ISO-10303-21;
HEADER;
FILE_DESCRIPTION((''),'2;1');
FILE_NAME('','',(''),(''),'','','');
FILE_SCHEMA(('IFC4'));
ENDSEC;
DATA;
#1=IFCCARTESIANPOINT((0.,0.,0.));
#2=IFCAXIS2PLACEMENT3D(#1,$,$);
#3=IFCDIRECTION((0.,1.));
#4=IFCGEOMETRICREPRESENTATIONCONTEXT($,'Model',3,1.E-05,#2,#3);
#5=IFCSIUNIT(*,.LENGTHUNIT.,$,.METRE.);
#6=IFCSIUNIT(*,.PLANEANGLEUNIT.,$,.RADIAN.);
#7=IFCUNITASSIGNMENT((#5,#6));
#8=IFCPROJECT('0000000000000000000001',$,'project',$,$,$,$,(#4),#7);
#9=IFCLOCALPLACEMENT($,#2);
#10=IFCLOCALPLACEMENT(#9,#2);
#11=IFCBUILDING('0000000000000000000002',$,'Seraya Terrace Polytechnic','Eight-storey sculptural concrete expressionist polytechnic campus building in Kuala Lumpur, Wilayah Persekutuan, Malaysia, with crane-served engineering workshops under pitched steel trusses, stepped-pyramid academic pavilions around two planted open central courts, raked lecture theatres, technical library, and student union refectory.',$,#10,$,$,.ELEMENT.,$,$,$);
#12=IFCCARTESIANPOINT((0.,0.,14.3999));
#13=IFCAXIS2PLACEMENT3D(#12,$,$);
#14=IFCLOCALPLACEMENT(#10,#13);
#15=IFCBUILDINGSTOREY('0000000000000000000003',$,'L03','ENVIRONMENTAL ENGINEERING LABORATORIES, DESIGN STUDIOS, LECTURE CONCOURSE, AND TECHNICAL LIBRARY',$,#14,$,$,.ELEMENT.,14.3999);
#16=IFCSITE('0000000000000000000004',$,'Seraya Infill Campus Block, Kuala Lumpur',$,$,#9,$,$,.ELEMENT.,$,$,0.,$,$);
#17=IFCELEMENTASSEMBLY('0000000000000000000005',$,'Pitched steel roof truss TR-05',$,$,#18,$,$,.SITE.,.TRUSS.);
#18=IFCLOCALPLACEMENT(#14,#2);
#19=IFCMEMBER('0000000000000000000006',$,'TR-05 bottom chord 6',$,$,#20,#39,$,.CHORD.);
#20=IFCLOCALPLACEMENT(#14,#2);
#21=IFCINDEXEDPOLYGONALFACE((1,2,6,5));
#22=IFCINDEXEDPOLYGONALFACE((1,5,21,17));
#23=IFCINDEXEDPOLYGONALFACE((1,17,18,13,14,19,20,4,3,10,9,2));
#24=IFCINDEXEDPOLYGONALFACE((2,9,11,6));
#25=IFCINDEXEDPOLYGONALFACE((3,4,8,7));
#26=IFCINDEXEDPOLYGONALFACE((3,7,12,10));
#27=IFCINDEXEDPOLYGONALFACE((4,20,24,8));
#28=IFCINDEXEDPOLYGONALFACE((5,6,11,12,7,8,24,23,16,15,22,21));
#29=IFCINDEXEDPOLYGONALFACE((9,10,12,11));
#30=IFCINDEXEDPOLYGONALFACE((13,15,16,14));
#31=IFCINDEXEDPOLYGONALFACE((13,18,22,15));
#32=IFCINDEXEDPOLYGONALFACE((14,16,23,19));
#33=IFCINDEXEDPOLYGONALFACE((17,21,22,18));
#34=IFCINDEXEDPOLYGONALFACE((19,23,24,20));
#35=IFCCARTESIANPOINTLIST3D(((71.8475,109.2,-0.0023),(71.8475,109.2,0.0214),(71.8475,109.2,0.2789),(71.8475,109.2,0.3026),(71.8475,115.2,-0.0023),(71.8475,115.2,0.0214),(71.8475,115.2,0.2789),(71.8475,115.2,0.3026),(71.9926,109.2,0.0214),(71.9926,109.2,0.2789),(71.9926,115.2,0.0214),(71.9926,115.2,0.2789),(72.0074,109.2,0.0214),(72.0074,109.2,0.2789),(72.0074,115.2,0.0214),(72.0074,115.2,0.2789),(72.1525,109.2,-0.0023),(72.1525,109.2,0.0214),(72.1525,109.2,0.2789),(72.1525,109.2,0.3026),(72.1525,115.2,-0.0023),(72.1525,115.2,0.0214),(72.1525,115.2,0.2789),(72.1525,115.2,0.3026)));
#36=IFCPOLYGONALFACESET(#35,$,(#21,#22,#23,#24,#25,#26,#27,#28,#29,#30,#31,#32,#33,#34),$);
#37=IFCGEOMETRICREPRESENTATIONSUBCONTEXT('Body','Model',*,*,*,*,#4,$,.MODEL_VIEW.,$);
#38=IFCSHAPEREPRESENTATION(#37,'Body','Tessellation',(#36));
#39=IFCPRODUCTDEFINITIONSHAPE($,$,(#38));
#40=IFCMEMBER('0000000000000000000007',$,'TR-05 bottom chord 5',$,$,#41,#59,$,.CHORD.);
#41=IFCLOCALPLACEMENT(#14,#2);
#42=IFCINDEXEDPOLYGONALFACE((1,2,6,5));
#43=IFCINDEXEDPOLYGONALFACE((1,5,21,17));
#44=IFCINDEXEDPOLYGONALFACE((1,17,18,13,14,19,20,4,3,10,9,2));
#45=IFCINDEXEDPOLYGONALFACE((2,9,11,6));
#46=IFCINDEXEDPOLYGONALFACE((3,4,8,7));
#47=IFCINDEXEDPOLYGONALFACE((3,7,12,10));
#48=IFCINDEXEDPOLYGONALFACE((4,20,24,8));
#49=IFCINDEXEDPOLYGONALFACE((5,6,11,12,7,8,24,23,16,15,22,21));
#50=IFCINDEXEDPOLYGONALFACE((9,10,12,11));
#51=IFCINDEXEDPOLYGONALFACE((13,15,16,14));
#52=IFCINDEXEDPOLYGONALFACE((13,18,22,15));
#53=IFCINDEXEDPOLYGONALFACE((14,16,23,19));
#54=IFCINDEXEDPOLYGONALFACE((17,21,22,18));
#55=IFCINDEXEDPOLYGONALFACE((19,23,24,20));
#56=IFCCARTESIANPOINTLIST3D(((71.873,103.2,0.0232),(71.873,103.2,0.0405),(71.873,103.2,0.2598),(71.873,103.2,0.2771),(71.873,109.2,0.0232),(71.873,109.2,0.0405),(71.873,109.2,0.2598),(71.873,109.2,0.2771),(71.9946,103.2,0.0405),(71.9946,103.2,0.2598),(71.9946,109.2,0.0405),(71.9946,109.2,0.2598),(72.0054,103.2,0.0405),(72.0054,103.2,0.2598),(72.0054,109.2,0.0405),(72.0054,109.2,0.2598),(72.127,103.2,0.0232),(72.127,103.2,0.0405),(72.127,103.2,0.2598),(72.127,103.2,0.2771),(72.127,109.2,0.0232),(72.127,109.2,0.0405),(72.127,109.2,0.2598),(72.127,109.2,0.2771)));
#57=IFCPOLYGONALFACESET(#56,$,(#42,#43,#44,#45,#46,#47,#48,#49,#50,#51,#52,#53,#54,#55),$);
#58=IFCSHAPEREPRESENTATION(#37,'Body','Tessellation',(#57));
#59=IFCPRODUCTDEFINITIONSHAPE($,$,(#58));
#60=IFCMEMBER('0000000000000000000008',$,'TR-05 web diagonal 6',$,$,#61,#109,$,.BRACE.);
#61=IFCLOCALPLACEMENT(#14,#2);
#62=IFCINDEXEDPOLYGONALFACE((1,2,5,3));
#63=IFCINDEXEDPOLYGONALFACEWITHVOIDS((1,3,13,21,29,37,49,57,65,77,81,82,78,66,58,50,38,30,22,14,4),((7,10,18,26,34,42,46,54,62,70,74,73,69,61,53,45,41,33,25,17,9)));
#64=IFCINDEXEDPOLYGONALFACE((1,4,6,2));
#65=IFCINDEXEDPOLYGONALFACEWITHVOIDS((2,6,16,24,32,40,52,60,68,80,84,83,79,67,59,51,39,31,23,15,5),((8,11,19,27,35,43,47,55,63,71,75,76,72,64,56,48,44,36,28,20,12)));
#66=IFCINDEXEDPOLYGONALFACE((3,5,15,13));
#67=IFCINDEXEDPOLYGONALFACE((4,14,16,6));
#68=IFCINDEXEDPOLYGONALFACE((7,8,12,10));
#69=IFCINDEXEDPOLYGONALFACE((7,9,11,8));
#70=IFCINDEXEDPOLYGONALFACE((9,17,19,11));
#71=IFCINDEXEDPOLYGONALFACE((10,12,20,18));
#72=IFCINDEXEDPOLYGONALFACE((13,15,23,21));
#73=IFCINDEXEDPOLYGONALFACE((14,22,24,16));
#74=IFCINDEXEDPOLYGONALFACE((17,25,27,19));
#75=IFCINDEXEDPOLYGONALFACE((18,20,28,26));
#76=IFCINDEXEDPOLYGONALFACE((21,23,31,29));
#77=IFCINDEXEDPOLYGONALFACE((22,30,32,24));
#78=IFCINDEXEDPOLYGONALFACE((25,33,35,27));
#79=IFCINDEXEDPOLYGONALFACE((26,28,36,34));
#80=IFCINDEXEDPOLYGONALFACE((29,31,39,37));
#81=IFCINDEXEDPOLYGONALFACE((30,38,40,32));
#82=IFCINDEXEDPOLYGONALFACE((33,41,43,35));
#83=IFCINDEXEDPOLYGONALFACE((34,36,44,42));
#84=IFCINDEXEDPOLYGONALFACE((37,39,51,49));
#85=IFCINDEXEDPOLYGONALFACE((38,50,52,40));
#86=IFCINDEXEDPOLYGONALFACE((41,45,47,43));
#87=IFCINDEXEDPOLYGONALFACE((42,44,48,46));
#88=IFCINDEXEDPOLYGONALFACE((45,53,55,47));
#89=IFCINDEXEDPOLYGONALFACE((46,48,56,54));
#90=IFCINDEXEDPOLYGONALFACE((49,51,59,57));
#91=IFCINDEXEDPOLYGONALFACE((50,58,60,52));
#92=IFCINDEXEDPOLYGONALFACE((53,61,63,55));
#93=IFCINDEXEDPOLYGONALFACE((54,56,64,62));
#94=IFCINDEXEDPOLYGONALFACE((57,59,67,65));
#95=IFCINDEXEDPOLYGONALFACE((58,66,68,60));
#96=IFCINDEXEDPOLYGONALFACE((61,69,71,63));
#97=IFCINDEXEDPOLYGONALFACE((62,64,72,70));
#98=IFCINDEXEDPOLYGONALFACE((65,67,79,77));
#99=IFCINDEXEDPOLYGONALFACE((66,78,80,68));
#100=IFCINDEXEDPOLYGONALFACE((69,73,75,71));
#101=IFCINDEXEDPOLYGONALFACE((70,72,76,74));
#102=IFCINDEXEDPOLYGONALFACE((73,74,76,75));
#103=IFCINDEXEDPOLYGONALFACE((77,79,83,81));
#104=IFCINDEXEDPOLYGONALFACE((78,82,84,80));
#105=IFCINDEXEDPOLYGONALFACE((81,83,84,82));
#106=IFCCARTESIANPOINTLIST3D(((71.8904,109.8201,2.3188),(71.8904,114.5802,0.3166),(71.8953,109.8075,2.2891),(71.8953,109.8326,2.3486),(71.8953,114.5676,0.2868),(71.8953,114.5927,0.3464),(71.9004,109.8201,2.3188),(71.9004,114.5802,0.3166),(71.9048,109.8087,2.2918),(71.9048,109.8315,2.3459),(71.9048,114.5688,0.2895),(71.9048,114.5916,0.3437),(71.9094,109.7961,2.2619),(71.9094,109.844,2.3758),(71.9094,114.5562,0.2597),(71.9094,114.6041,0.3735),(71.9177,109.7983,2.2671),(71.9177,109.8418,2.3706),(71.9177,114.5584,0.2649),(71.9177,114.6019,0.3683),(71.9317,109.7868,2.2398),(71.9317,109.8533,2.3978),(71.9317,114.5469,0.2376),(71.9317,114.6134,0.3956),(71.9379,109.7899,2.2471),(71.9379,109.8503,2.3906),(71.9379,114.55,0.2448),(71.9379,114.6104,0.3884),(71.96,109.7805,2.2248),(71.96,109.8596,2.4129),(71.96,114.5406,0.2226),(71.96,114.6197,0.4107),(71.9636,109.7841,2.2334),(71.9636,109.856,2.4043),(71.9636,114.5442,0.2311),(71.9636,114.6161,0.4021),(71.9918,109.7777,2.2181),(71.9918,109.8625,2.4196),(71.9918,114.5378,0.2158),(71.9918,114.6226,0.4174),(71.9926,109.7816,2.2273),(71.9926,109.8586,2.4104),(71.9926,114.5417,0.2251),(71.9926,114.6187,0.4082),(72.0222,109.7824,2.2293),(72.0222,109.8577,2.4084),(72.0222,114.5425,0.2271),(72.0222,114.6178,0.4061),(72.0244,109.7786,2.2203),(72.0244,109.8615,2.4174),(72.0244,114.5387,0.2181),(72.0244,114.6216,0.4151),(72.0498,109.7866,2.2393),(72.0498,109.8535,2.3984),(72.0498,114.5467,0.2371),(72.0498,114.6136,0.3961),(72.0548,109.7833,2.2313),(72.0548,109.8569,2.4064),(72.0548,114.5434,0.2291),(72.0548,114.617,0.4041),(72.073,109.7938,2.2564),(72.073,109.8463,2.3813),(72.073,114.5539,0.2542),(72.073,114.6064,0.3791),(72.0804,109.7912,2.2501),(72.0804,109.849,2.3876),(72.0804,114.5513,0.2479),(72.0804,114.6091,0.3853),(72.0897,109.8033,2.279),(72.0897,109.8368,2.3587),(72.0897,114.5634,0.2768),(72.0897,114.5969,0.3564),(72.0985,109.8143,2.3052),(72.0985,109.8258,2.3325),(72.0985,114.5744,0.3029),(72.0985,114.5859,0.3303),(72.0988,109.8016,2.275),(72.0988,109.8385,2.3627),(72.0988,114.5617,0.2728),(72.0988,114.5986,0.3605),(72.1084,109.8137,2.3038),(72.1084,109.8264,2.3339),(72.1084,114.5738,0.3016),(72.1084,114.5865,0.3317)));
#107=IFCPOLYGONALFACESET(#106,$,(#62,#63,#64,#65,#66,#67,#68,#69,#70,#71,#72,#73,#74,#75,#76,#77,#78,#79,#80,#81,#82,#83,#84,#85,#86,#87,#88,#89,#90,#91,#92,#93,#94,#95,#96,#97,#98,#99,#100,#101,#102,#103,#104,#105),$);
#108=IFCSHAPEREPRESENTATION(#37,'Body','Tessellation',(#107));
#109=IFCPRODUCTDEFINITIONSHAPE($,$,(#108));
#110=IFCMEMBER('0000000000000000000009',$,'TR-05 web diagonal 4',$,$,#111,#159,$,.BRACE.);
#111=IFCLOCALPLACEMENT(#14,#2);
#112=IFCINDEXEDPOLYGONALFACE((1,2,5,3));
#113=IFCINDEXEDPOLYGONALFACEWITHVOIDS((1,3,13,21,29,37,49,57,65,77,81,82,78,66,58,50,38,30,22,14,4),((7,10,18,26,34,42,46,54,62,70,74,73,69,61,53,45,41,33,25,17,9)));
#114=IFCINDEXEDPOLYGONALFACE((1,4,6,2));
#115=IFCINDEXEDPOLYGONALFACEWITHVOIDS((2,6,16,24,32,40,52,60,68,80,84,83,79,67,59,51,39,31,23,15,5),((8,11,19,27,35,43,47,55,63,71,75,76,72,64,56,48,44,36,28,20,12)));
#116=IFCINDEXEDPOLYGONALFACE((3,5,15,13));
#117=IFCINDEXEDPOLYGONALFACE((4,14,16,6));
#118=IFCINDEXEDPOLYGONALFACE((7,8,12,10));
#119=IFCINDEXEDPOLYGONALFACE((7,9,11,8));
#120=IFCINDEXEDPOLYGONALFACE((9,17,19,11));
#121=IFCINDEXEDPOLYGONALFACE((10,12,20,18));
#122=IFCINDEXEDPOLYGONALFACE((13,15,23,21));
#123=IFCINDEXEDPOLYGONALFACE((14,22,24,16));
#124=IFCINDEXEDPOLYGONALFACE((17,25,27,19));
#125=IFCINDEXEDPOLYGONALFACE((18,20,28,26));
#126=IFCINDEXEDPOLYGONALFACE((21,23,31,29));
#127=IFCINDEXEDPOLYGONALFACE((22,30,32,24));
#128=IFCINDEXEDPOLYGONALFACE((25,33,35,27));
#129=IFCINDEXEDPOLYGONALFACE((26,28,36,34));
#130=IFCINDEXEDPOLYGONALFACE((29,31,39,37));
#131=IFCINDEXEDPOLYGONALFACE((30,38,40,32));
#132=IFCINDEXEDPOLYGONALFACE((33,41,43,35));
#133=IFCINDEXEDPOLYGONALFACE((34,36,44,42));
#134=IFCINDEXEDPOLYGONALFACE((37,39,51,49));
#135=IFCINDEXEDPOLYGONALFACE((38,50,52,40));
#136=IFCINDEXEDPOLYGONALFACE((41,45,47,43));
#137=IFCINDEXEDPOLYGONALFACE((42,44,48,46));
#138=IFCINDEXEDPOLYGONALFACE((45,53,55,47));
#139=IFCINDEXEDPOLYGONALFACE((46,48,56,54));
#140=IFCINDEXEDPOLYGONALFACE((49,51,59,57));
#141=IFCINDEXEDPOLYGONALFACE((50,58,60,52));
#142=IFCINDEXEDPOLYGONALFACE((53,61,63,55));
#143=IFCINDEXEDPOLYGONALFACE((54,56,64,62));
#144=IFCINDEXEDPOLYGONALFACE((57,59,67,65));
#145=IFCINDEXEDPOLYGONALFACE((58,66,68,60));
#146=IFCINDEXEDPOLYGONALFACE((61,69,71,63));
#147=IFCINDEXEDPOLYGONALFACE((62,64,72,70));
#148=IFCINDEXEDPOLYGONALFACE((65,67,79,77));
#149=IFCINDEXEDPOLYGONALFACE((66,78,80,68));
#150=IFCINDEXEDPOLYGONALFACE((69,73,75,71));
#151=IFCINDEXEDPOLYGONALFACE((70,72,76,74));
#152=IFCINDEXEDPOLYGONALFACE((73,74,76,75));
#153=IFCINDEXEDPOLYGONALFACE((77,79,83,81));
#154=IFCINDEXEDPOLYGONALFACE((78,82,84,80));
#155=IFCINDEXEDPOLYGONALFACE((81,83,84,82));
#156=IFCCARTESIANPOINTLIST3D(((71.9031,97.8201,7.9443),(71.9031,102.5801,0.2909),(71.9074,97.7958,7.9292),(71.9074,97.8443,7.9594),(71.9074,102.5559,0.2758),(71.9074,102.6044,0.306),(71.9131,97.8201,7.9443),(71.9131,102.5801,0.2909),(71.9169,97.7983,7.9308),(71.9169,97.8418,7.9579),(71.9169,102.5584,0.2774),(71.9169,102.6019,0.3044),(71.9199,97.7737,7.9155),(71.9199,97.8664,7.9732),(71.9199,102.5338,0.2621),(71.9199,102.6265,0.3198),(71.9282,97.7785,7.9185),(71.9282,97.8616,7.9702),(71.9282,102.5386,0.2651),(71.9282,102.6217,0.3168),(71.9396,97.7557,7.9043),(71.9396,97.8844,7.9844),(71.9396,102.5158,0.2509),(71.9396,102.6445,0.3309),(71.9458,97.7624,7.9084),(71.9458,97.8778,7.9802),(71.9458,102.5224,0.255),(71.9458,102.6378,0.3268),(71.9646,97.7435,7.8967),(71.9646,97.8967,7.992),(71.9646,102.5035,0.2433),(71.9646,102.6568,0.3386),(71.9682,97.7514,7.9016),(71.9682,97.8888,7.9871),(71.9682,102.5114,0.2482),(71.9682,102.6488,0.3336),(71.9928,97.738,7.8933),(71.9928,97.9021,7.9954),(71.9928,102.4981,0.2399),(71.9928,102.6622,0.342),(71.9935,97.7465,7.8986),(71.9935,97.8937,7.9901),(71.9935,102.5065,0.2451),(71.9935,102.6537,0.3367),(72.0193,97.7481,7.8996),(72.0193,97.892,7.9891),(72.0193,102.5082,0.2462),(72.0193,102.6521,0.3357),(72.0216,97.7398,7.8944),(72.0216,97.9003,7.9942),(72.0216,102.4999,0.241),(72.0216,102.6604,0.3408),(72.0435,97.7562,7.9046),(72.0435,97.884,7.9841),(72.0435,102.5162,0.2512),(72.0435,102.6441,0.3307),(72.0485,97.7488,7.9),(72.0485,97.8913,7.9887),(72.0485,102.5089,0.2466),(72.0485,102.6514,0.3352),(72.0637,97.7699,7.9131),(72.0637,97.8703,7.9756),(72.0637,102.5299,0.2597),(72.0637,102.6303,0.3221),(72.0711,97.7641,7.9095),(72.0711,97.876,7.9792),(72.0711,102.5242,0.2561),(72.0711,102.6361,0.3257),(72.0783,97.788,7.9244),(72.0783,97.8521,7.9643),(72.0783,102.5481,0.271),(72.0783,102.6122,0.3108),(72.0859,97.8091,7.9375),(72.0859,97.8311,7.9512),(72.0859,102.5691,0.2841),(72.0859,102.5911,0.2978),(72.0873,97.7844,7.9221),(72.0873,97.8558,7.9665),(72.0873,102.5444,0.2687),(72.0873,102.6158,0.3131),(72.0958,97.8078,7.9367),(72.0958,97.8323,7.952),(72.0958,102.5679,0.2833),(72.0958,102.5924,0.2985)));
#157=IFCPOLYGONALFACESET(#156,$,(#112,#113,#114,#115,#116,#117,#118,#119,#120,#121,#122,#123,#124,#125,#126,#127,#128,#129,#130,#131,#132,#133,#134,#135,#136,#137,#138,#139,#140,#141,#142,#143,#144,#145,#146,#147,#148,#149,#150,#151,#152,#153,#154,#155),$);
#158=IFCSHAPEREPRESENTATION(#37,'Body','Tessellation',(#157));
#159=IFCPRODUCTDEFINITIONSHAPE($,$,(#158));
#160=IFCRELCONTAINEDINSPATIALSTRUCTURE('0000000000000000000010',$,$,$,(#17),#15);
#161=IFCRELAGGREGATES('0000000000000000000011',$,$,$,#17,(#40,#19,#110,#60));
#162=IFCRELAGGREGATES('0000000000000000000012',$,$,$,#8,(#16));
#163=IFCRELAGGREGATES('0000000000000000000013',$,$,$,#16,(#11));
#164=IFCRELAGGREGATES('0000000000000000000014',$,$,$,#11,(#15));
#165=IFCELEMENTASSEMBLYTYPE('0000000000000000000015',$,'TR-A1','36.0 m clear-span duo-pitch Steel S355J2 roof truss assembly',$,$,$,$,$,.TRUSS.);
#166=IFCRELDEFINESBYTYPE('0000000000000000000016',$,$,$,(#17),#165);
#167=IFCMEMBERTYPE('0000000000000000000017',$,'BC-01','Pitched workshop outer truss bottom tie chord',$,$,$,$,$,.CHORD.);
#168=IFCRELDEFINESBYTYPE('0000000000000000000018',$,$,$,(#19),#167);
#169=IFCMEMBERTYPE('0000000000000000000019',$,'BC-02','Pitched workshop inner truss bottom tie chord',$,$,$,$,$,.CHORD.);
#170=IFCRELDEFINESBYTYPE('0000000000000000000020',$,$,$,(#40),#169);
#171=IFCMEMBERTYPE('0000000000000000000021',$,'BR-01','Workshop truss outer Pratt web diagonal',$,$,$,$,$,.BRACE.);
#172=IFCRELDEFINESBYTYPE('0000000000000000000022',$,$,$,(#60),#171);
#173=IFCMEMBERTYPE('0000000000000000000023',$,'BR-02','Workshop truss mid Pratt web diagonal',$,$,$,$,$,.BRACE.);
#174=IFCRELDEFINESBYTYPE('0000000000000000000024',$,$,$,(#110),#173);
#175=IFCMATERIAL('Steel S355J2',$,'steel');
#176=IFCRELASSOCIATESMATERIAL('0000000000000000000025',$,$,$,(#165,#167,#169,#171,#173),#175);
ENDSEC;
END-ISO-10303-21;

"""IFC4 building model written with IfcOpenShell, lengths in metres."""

from ifc_helpers import new_model, si_unit, direction, frame, origin, origin_2d, place, context, subcontext, project, spatial, hollow_circle, i_section, extrude, material, material_profile, profile_set, type_object, element, aggregate, save


model = new_model("IFC4")

# Units and contexts
model_context = context("Model", 3, precision=1e-05, world=origin(), true_north=direction((0.0, 1.0)))
body_context = subcontext(model_context, "Body", "Model", "MODEL_VIEW")
ifc_project = project(units=[si_unit("LENGTHUNIT", "METRE"), si_unit("PLANEANGLEUNIT", "RADIAN")], contexts=[model_context])

# Site, building, storey
site_placement = place(None, origin())
site = spatial("IfcSite", under=ifc_project, at=site_placement, Name="Seraya Infill Campus Block, Kuala Lumpur", CompositionType="ELEMENT", RefElevation=0.0)
building_placement = place(site_placement, origin())
building = spatial("IfcBuilding", under=site, at=building_placement, Name="Seraya Terrace Polytechnic", Description="Eight-storey sculptural concrete expressionist polytechnic campus building in Kuala Lumpur, Wilayah Persekutuan, Malaysia, with crane-served engineering workshops under pitched steel trusses, stepped-pyramid academic pavilions around two planted open central courts, raked lecture theatres, technical library, and student union refectory.", CompositionType="ELEMENT")
storey_placement = place(building_placement, frame((0.0, 0.0, 14.3999)))
storey = spatial("IfcBuildingStorey", under=building, at=storey_placement, Name="L03", Description="ENVIRONMENTAL ENGINEERING LABORATORIES, DESIGN STUDIOS, LECTURE CONCOURSE, AND TECHNICAL LIBRARY", CompositionType="ELEMENT", Elevation=14.3999)

# Element assembly, members
ifc_material_1 = material(Name="Steel S355J2", Category="steel")
element_assembly_type = type_object("IfcElementAssemblyType", Name="TR-A1", Description="36.0 m clear-span duo-pitch Steel S355J2 roof truss assembly", PredefinedType="TRUSS", material=ifc_material_1)
assembly_placement = place(storey_placement, origin())
assembly = element("IfcElementAssembly", 1, at=assembly_placement, inside=storey, type_object=element_assembly_type, Name="Pitched steel roof truss TR-05", AssemblyPlace="SITE", PredefinedType="TRUSS")
ifc_material_profile_1 = material_profile(ifc_material_1, i_section(OverallWidth=0.3049, OverallDepth=0.3049, WebThickness=0.0149, FlangeThickness=0.0237, at=origin_2d()), Name="UKC 305x305x14.9x23.8")
ifc_profile_set_1 = profile_set([ifc_material_profile_1], Name="Steel S355J2")
member_type_1 = type_object("IfcMemberType", Name="BC-01", Description="Pitched workshop outer truss bottom tie chord", PredefinedType="CHORD", material=ifc_profile_set_1)
member_1_placement = place(storey_placement, frame((72.0, 109.2, 0.1501), z_axis=(0.0, 1.0, 0.0), x_axis=(-1.0, 0.0, 0.0)))
member_1 = element("IfcMember", 2, at=member_1_placement, type_object=member_type_1, Name="TR-05 bottom chord 6", PredefinedType="CHORD", context=body_context, shape_type="SweptSolid", body=[
    extrude(i_section(OverallWidth=0.3049, OverallDepth=0.3049, WebThickness=0.0149, FlangeThickness=0.0237, at=origin_2d()), origin(), (0.0, 0.0, 1.0), 6.0),
])
ifc_material_profile_2 = material_profile(ifc_material_1, i_section(OverallWidth=0.2539, OverallDepth=0.2539, WebThickness=0.0107, FlangeThickness=0.0173, at=origin_2d()), Name="UKC 254x254x10.7x17.3")
ifc_profile_set_2 = profile_set([ifc_material_profile_2], Name="Steel S355J2")
member_type_2 = type_object("IfcMemberType", Name="BC-02", Description="Pitched workshop inner truss bottom tie chord", PredefinedType="CHORD", material=ifc_profile_set_2)
member_2_placement = place(storey_placement, frame((72.0, 103.2, 0.1501), z_axis=(0.0, 1.0, 0.0), x_axis=(-1.0, 0.0, 0.0)))
member_2 = element("IfcMember", 3, at=member_2_placement, type_object=member_type_2, Name="TR-05 bottom chord 5", PredefinedType="CHORD", context=body_context, shape_type="SweptSolid", body=[
    extrude(i_section(OverallWidth=0.2539, OverallDepth=0.2539, WebThickness=0.0107, FlangeThickness=0.0173, at=origin_2d()), origin(), (0.0, 0.0, 1.0), 6.0),
])
ifc_material_profile_3 = material_profile(ifc_material_1, hollow_circle(Radius=0.1096, WallThickness=0.01, at=origin_2d()), Name="CHS 219.1x10.0")
ifc_profile_set_3 = profile_set([ifc_material_profile_3], Name="Steel S355J2")
member_type_3 = type_object("IfcMemberType", Name="BR-01", Description="Workshop truss outer Pratt web diagonal", PredefinedType="BRACE", material=ifc_profile_set_3)
member_3_placement = place(storey_placement, frame((72.0, 109.8201, 2.3188), z_axis=(0.0, 0.921775, -0.387725), x_axis=(-1.0, 0.0, 0.0)))
member_3 = element("IfcMember", 4, at=member_3_placement, type_object=member_type_3, Name="TR-05 web diagonal 6", PredefinedType="BRACE", context=body_context, shape_type="SweptSolid", body=[
    extrude(hollow_circle(Radius=0.1096, WallThickness=0.01, at=origin_2d()), origin(), (0.0, 0.0, 1.0), 5.1641),
])
ifc_material_profile_4 = material_profile(ifc_material_1, hollow_circle(Radius=0.0969, WallThickness=0.01, at=origin_2d()), Name="CHS 193.7x10.0")
ifc_profile_set_4 = profile_set([ifc_material_profile_4], Name="Steel S355J2")
member_type_4 = type_object("IfcMemberType", Name="BR-02", Description="Workshop truss mid Pratt web diagonal", PredefinedType="BRACE", material=ifc_profile_set_4)
member_4_placement = place(storey_placement, frame((72.0, 97.8201, 7.9443), z_axis=(0.0, 0.528137, -0.849159), x_axis=(-1.0, 0.0, 0.0)))
member_4 = element("IfcMember", 5, at=member_4_placement, type_object=member_type_4, Name="TR-05 web diagonal 4", PredefinedType="BRACE", context=body_context, shape_type="SweptSolid", body=[
    extrude(hollow_circle(Radius=0.0969, WallThickness=0.01, at=origin_2d()), origin(), (0.0, 0.0, 1.0), 9.0129),
])

aggregate(assembly, [member_2, member_1, member_4, member_3])

save(model, "model.ifc")
